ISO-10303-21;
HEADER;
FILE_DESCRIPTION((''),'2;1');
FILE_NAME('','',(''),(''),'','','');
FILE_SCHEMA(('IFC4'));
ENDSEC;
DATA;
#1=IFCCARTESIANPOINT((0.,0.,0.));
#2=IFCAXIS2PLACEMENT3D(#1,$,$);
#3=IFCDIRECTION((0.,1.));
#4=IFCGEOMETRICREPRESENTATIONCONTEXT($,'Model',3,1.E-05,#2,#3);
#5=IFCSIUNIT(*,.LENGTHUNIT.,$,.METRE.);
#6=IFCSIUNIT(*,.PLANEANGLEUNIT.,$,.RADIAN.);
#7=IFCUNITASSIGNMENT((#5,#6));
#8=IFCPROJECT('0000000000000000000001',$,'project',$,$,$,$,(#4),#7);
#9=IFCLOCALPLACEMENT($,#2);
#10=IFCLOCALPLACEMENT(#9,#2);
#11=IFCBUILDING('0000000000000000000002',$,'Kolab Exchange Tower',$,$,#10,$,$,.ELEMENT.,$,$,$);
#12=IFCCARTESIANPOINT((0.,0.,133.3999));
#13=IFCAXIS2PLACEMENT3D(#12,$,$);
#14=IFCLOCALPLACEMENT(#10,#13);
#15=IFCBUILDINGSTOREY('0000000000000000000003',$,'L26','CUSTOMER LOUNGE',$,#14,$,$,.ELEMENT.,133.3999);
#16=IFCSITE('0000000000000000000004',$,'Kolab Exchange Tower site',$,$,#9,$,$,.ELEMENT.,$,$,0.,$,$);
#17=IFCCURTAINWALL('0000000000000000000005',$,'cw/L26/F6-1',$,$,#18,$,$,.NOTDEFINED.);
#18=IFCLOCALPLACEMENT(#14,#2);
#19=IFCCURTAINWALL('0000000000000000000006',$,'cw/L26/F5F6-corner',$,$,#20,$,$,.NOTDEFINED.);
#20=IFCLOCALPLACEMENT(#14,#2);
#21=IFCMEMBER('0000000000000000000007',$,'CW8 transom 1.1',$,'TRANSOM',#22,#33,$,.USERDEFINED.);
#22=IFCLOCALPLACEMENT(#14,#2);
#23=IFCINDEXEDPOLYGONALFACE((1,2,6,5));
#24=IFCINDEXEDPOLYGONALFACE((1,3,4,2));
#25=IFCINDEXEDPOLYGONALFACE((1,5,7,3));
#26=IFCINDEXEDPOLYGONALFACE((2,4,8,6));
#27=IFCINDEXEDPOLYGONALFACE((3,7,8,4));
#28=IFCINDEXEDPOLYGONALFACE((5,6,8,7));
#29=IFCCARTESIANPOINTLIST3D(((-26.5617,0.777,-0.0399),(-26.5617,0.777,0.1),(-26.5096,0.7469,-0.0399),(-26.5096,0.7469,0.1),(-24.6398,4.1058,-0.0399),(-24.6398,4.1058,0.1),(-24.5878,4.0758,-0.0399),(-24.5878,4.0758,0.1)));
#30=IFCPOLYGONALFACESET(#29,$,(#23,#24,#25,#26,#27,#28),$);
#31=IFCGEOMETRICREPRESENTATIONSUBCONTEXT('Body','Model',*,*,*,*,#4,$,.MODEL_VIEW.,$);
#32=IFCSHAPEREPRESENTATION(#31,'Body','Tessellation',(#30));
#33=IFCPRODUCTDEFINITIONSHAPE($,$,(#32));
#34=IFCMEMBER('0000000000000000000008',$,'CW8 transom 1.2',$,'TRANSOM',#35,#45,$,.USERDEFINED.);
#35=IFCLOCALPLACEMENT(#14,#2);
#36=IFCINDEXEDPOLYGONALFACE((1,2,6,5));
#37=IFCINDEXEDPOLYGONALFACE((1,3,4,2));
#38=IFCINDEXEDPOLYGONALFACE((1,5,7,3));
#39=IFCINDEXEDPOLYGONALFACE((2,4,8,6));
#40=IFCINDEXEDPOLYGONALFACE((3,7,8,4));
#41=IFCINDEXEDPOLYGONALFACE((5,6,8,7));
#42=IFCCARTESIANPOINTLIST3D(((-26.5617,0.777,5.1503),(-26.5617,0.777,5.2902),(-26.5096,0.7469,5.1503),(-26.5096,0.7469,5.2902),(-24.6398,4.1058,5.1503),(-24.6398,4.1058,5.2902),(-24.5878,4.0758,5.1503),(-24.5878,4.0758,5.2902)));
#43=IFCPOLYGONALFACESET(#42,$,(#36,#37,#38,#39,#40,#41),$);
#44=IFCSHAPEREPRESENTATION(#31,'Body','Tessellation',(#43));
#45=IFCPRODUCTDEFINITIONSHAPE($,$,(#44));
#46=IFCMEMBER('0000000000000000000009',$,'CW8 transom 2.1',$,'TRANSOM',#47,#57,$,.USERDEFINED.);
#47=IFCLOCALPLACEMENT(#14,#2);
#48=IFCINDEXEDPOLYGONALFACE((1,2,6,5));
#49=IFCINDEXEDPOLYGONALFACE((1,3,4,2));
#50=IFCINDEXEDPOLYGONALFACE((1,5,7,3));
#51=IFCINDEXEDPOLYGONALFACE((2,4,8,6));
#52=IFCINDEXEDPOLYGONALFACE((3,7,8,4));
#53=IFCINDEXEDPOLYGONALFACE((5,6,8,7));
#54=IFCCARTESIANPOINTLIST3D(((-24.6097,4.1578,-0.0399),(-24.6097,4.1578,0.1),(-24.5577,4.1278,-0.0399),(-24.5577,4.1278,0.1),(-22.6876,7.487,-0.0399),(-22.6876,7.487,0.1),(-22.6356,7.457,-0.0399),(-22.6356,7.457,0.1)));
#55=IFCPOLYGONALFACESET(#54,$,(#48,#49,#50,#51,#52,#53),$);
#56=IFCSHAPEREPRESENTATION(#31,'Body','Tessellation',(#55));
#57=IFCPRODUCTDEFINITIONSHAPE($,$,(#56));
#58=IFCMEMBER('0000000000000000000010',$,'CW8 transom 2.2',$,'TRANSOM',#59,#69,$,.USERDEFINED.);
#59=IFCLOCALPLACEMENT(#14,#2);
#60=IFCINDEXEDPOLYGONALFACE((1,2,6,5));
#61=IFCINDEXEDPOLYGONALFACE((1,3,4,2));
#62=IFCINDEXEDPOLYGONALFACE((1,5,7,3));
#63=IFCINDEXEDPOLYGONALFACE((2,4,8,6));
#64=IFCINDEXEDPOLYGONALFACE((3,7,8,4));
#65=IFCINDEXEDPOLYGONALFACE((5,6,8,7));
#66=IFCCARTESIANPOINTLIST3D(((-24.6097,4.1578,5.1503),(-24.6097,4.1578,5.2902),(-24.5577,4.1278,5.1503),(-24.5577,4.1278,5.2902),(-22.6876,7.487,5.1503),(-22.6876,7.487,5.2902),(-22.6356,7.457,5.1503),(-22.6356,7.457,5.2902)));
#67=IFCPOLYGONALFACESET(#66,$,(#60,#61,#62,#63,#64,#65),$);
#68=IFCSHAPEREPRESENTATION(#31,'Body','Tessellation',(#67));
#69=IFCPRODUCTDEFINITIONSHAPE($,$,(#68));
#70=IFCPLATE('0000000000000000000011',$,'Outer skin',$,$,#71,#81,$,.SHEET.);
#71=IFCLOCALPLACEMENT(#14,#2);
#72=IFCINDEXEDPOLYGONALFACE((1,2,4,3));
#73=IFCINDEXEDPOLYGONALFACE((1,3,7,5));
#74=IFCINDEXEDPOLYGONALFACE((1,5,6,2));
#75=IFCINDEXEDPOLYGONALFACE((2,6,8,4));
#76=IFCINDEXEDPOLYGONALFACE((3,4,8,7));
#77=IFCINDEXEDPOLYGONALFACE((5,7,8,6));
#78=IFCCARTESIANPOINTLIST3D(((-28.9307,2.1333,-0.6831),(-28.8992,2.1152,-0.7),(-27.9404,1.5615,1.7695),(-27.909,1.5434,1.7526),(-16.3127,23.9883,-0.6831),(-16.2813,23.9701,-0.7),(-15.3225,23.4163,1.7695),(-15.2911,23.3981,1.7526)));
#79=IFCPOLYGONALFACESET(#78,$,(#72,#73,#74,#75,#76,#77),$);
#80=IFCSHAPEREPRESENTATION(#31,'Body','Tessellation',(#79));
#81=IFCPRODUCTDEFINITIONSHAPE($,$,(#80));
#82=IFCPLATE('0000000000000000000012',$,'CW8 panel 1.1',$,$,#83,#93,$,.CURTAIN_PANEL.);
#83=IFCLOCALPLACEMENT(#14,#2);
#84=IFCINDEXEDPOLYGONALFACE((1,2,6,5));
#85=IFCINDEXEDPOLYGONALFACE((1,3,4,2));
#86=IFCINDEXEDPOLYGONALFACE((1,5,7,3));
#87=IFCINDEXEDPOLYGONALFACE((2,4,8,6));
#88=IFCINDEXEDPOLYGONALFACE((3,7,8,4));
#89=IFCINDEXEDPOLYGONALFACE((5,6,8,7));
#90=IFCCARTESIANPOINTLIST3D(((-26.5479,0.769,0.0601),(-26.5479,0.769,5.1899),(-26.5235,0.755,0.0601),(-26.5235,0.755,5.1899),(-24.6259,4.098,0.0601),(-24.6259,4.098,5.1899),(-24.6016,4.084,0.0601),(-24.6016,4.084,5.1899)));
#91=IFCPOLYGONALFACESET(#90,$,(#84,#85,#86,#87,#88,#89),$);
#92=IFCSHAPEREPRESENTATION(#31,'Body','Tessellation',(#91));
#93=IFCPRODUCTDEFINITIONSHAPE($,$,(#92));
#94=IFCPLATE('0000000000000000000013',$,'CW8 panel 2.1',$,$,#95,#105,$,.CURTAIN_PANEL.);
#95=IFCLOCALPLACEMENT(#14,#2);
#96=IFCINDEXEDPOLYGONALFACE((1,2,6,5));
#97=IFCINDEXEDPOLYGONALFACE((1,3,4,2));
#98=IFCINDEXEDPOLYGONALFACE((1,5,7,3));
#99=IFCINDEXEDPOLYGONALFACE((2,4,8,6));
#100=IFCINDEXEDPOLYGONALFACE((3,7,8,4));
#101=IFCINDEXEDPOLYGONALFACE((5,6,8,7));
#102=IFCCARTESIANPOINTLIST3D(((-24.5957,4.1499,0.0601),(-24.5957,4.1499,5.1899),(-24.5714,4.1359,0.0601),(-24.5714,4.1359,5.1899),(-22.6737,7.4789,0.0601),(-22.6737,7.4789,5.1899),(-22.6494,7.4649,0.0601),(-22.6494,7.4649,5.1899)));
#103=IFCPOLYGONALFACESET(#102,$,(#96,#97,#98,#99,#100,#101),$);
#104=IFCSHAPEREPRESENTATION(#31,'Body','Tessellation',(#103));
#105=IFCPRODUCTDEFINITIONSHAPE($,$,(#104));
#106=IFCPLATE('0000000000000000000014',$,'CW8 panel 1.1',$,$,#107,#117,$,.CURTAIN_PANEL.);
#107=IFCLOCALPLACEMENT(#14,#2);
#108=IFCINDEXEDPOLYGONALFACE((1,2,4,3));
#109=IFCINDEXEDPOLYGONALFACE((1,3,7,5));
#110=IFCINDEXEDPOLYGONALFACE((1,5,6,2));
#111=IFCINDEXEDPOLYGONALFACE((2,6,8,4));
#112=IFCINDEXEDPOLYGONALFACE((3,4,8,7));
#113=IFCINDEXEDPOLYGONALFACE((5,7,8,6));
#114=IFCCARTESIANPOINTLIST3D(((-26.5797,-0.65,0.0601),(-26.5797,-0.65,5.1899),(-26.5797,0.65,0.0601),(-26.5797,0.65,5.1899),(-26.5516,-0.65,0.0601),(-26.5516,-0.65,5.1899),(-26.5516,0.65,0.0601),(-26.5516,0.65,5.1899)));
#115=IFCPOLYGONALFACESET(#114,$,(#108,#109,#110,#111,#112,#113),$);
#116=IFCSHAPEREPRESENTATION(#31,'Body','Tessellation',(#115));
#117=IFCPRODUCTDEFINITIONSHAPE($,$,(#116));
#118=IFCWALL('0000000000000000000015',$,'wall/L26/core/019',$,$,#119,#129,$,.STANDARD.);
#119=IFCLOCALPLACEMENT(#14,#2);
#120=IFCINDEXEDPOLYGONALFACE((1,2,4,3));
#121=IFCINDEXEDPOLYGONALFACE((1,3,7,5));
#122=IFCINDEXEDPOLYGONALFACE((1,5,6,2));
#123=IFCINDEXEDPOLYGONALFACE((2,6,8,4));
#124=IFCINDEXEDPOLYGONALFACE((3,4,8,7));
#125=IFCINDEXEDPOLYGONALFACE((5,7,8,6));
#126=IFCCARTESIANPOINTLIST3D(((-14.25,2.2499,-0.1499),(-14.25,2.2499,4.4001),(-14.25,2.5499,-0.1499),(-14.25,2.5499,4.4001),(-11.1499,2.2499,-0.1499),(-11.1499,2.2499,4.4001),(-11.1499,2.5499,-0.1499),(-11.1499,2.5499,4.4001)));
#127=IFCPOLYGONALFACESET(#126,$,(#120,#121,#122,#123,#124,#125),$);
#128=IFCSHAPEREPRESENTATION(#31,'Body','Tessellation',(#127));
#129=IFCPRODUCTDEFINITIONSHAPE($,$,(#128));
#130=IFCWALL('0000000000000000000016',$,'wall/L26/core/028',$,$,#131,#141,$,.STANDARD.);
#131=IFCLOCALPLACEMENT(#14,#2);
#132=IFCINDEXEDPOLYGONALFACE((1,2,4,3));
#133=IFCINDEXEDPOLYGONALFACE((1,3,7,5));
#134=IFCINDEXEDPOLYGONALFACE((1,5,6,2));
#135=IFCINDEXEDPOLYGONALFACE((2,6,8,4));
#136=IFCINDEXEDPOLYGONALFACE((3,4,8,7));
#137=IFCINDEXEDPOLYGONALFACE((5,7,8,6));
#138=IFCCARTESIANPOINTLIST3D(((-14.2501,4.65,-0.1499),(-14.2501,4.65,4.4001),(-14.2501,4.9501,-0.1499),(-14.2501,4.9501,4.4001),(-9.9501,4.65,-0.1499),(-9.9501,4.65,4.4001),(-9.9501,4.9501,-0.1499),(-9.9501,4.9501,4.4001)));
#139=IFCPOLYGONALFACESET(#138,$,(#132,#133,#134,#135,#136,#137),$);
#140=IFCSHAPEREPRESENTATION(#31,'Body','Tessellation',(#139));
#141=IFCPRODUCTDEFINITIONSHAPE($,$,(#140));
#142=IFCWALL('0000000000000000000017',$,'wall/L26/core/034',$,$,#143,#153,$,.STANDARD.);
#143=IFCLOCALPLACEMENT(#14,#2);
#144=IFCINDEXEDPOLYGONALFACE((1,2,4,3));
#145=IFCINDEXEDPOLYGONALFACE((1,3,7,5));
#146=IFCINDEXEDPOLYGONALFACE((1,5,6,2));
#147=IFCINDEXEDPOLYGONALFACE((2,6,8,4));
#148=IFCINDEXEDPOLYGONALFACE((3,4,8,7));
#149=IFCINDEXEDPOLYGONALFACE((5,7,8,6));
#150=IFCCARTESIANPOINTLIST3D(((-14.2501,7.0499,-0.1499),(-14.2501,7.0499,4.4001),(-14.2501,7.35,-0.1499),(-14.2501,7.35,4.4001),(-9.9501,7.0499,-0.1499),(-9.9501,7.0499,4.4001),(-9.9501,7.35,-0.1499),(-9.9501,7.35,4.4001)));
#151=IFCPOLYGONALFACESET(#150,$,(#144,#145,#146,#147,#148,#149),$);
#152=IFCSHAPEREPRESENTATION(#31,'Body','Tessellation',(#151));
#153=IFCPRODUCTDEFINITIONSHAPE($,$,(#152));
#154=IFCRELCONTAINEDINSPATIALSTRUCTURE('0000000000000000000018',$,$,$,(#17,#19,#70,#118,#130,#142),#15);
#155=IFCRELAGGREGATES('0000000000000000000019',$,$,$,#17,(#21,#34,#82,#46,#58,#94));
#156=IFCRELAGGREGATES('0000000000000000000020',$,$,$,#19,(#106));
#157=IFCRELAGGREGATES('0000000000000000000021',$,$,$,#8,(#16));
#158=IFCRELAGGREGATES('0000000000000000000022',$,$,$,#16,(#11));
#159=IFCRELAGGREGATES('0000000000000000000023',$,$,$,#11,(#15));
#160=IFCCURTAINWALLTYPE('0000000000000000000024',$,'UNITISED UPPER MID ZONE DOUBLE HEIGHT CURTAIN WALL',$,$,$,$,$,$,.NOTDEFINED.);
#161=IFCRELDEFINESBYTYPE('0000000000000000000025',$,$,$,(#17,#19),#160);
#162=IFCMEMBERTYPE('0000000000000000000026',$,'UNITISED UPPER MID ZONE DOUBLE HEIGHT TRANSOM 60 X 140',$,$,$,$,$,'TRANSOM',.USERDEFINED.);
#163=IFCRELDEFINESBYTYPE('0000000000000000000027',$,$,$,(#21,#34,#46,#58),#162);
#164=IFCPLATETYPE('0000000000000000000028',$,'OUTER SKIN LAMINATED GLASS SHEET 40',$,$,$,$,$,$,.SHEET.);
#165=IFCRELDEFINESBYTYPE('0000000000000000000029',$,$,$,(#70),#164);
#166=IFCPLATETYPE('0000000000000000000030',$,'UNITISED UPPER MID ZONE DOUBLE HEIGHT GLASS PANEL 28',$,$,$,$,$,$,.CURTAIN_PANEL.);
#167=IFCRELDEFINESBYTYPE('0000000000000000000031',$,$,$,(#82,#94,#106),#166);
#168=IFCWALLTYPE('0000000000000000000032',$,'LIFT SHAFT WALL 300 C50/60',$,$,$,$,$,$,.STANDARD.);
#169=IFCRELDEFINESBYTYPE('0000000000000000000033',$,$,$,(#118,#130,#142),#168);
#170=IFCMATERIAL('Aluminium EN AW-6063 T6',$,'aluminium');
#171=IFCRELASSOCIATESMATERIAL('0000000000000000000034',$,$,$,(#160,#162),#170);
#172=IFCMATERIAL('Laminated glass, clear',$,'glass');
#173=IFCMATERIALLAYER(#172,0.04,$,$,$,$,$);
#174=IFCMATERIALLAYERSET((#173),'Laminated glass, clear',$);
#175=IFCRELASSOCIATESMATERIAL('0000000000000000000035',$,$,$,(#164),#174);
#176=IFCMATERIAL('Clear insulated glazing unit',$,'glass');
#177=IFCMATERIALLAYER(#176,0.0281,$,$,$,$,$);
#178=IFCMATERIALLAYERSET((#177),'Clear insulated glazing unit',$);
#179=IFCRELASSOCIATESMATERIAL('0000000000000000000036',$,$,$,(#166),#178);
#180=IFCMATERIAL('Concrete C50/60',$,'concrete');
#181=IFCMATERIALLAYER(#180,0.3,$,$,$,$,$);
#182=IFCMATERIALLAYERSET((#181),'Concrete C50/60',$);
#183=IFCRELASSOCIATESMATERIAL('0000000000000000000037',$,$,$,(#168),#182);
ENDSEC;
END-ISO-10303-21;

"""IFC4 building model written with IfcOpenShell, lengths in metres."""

from ifc_helpers import new_model, si_unit, direction, frame, frame_2d, origin, origin_2d, place, context, subcontext, project, spatial, polyline, rectangle, outline, extrude, material, layer, layer_set, material_profile, profile_set, type_object, element, aggregate, save


model = new_model("IFC4")

# Units and contexts
model_context = context("Model", 3, precision=1e-05, world=origin(), true_north=direction((0.0, 1.0)))
body_context = subcontext(model_context, "Body", "Model", "MODEL_VIEW")
ifc_project = project(units=[si_unit("LENGTHUNIT", "METRE"), si_unit("PLANEANGLEUNIT", "RADIAN")], contexts=[model_context])

# Site, building, storey
site_placement = place(None, origin())
site = spatial("IfcSite", under=ifc_project, at=site_placement, Name="Kolab Exchange Tower site", CompositionType="ELEMENT", RefElevation=0.0)
building_placement = place(site_placement, origin())
building = spatial("IfcBuilding", under=site, at=building_placement, Name="Kolab Exchange Tower", CompositionType="ELEMENT")
storey_placement = place(building_placement, frame((0.0, 0.0, 133.3999)))
storey = spatial("IfcBuildingStorey", under=building, at=storey_placement, Name="L26", Description="CUSTOMER LOUNGE", CompositionType="ELEMENT", Elevation=133.3999)

# Curtain wall
ifc_material_1 = material(Name="Aluminium EN AW-6063 T6", Category="aluminium")
curtain_wall_type = type_object("IfcCurtainWallType", Name="UNITISED UPPER MID ZONE DOUBLE HEIGHT CURTAIN WALL", PredefinedType="NOTDEFINED", material=ifc_material_1)
curtain_wall_1_placement = place(storey_placement, origin())
curtain_wall_1 = element("IfcCurtainWall", 1, at=curtain_wall_1_placement, inside=storey, type_object=curtain_wall_type, Name="cw/L26/F6-1", PredefinedType="NOTDEFINED")

# Curtain wall
curtain_wall_2_placement = place(storey_placement, origin())
curtain_wall_2 = element("IfcCurtainWall", 2, at=curtain_wall_2_placement, inside=storey, type_object=curtain_wall_type, Name="cw/L26/F5F6-corner", PredefinedType="NOTDEFINED")

# Members
ifc_material_profile_1 = material_profile(ifc_material_1, rectangle(XDim=0.0601, YDim=0.1399, at=origin_2d()), Name="RECT 60X140")
ifc_profile_set_1 = profile_set([ifc_material_profile_1], Name="Aluminium EN AW-6063 T6")
member_type_1 = type_object("IfcMemberType", Name="UNITISED UPPER MID ZONE DOUBLE HEIGHT TRANSOM 60 X 140", ElementType="TRANSOM", PredefinedType="USERDEFINED", material=ifc_profile_set_1)
member_1_placement = place(storey_placement, frame((-26.5356, 0.762, 0.03), z_axis=(0.499992, 0.86603, 0.0), x_axis=(-0.86603, 0.499992, 0.0)))
member_1 = element("IfcMember", 3, at=member_1_placement, type_object=member_type_1, Name="CW8 transom 1.1", ObjectType="TRANSOM", PredefinedType="USERDEFINED", context=body_context, shape_type="SweptSolid", body=[
    extrude(rectangle(XDim=0.0601, YDim=0.1399, at=origin_2d()), origin(), (0.0, 0.0, 1.0), 3.8438),
])
member_2_placement = place(storey_placement, frame((-26.5356, 0.762, 5.2202), z_axis=(0.499992, 0.86603, 0.0), x_axis=(-0.86603, 0.499992, 0.0)))
member_2 = element("IfcMember", 4, at=member_2_placement, type_object=member_type_1, Name="CW8 transom 1.2", ObjectType="TRANSOM", PredefinedType="USERDEFINED", context=body_context, shape_type="SweptSolid", body=[
    extrude(rectangle(XDim=0.0601, YDim=0.1399, at=origin_2d()), origin(), (0.0, 0.0, 1.0), 3.8438),
])
member_3_placement = place(storey_placement, frame((-24.5837, 4.1428, 0.03), z_axis=(0.500012, 0.866018, 0.0), x_axis=(-0.866018, 0.500012, 0.0)))
member_3 = element("IfcMember", 5, at=member_3_placement, type_object=member_type_1, Name="CW8 transom 2.1", ObjectType="TRANSOM", PredefinedType="USERDEFINED", context=body_context, shape_type="SweptSolid", body=[
    extrude(rectangle(XDim=0.0601, YDim=0.1399, at=origin_2d()), origin(), (0.0, 0.0, 1.0), 3.8442),
])
member_4_placement = place(storey_placement, frame((-24.5837, 4.1428, 5.2202), z_axis=(0.500012, 0.866018, 0.0), x_axis=(-0.866018, 0.500012, 0.0)))
member_4 = element("IfcMember", 6, at=member_4_placement, type_object=member_type_1, Name="CW8 transom 2.2", ObjectType="TRANSOM", PredefinedType="USERDEFINED", context=body_context, shape_type="SweptSolid", body=[
    extrude(rectangle(XDim=0.0601, YDim=0.1399, at=origin_2d()), origin(), (0.0, 0.0, 1.0), 3.8442),
])

# Plates
ifc_material_2 = material(Name="Laminated glass, clear", Category="glass")
ifc_layer_1 = layer(ifc_material_2, 0.04)
ifc_layer_set_1 = layer_set([ifc_layer_1], Name="Laminated glass, clear")
plate_type_1 = type_object("IfcPlateType", Name="OUTER SKIN LAMINATED GLASS SHEET 40", PredefinedType="SHEET", material=ifc_layer_set_1)
plate_1_placement = place(storey_placement, frame((-28.9307, 2.1333, -0.6831), z_axis=(-0.784906, 0.453166, 0.422568), x_axis=(0.5, 0.866025, -0.000001)))
element("IfcPlate", 7, at=plate_1_placement, inside=storey, type_object=plate_type_1, Name="Outer skin", PredefinedType="SHEET", context=body_context, shape_type="SweptSolid", body=[
    extrude(outline(polyline([(0.0, 0.0), (25.2359, 0.0), (25.2357, -2.7061), (-0.0001, -2.7061), (0.0, 0.0)])), origin(), (0.0, 0.0, -1.0), 0.04),
])
ifc_material_3 = material(Name="Clear insulated glazing unit", Category="glass")
ifc_layer_2 = layer(ifc_material_3, 0.0281)
ifc_layer_set_2 = layer_set([ifc_layer_2], Name="Clear insulated glazing unit")
plate_type_2 = type_object("IfcPlateType", Name="UNITISED UPPER MID ZONE DOUBLE HEIGHT GLASS PANEL 28", PredefinedType="CURTAIN_PANEL", material=ifc_layer_set_2)
plate_2_placement = place(storey_placement, frame((-25.5747, 2.4265, 0.0601), z_axis=(0.0, 0.0, 1.0), x_axis=(0.5, 0.866025, 0.0)))
plate_2 = element("IfcPlate", 8, at=plate_2_placement, type_object=plate_type_2, Name="CW8 panel 1.1", PredefinedType="CURTAIN_PANEL", context=body_context, shape_type="SweptSolid", body=[
    extrude(rectangle(XDim=3.844, YDim=0.0281, at=origin_2d()), origin(), (0.0, 0.0, 1.0), 5.1299),
])
plate_3_placement = place(storey_placement, frame((-23.6226, 5.8074, 0.0601), z_axis=(0.0, 0.0, 1.0), x_axis=(0.5, 0.866025, 0.0)))
plate_3 = element("IfcPlate", 9, at=plate_3_placement, type_object=plate_type_2, Name="CW8 panel 2.1", PredefinedType="CURTAIN_PANEL", context=body_context, shape_type="SweptSolid", body=[
    extrude(rectangle(XDim=3.844, YDim=0.0281, at=origin_2d()), origin(), (0.0, 0.0, 1.0), 5.1299),
])
aggregate(curtain_wall_1, [member_1, member_2, plate_2, member_3, member_4, plate_3])
plate_4_placement = place(storey_placement, frame((-26.5657, 0.0, 0.0601), z_axis=(0.0, 0.0, 1.0), x_axis=(0.0, 1.0, 0.0)))
plate_4 = element("IfcPlate", 10, at=plate_4_placement, type_object=plate_type_2, Name="CW8 panel 1.1", PredefinedType="CURTAIN_PANEL", context=body_context, shape_type="SweptSolid", body=[
    extrude(rectangle(XDim=1.3, YDim=0.0281, at=origin_2d()), origin(), (0.0, 0.0, 1.0), 5.1299),
])
aggregate(curtain_wall_2, [plate_4])

# Walls
ifc_material_4 = material(Name="Concrete C50/60", Category="concrete")
ifc_layer_3 = layer(ifc_material_4, 0.3)
ifc_layer_set_3 = layer_set([ifc_layer_3], Name="Concrete C50/60")
wall_type_1 = type_object("IfcWallType", Name="LIFT SHAFT WALL 300 C50/60", PredefinedType="STANDARD", material=ifc_layer_set_3)
wall_1_placement = place(storey_placement, frame((-14.25, 2.3999, -0.1499), z_axis=(0.0, 0.0, 1.0), x_axis=(1.0, 0.0, 0.0)))
element("IfcWall", 11, at=wall_1_placement, inside=storey, type_object=wall_type_1, Name="wall/L26/core/019", PredefinedType="STANDARD", context=body_context, shape_type="SweptSolid", body=[
    extrude(rectangle(XDim=3.1001, YDim=0.3, at=frame_2d((1.55, 0.0))), origin(), (0.0, 0.0, 1.0), 4.55),
])
for number, where, z_axis, x_axis, name in (
    (12, (-14.25, 4.8, -0.1499), (0.0, 0.0, 1.0), (1.0, 0.0, 0.0), "wall/L26/core/028"),
    (13, (-14.25, 7.2, -0.1499), (0.0, 0.0, 1.0), (1.0, 0.0, 0.0), "wall/L26/core/034"),
):
    element("IfcWall", number, at=place(storey_placement, frame(where, z_axis=z_axis, x_axis=x_axis)), inside=storey, type_object=wall_type_1, Name=name, PredefinedType="STANDARD", context=body_context, shape_type="SweptSolid", body=[
        extrude(rectangle(XDim=4.3, YDim=0.3, at=frame_2d((2.1499, 0.0))), origin(), (0.0, 0.0, 1.0), 4.55),
    ])

save(model, "model.ifc")
